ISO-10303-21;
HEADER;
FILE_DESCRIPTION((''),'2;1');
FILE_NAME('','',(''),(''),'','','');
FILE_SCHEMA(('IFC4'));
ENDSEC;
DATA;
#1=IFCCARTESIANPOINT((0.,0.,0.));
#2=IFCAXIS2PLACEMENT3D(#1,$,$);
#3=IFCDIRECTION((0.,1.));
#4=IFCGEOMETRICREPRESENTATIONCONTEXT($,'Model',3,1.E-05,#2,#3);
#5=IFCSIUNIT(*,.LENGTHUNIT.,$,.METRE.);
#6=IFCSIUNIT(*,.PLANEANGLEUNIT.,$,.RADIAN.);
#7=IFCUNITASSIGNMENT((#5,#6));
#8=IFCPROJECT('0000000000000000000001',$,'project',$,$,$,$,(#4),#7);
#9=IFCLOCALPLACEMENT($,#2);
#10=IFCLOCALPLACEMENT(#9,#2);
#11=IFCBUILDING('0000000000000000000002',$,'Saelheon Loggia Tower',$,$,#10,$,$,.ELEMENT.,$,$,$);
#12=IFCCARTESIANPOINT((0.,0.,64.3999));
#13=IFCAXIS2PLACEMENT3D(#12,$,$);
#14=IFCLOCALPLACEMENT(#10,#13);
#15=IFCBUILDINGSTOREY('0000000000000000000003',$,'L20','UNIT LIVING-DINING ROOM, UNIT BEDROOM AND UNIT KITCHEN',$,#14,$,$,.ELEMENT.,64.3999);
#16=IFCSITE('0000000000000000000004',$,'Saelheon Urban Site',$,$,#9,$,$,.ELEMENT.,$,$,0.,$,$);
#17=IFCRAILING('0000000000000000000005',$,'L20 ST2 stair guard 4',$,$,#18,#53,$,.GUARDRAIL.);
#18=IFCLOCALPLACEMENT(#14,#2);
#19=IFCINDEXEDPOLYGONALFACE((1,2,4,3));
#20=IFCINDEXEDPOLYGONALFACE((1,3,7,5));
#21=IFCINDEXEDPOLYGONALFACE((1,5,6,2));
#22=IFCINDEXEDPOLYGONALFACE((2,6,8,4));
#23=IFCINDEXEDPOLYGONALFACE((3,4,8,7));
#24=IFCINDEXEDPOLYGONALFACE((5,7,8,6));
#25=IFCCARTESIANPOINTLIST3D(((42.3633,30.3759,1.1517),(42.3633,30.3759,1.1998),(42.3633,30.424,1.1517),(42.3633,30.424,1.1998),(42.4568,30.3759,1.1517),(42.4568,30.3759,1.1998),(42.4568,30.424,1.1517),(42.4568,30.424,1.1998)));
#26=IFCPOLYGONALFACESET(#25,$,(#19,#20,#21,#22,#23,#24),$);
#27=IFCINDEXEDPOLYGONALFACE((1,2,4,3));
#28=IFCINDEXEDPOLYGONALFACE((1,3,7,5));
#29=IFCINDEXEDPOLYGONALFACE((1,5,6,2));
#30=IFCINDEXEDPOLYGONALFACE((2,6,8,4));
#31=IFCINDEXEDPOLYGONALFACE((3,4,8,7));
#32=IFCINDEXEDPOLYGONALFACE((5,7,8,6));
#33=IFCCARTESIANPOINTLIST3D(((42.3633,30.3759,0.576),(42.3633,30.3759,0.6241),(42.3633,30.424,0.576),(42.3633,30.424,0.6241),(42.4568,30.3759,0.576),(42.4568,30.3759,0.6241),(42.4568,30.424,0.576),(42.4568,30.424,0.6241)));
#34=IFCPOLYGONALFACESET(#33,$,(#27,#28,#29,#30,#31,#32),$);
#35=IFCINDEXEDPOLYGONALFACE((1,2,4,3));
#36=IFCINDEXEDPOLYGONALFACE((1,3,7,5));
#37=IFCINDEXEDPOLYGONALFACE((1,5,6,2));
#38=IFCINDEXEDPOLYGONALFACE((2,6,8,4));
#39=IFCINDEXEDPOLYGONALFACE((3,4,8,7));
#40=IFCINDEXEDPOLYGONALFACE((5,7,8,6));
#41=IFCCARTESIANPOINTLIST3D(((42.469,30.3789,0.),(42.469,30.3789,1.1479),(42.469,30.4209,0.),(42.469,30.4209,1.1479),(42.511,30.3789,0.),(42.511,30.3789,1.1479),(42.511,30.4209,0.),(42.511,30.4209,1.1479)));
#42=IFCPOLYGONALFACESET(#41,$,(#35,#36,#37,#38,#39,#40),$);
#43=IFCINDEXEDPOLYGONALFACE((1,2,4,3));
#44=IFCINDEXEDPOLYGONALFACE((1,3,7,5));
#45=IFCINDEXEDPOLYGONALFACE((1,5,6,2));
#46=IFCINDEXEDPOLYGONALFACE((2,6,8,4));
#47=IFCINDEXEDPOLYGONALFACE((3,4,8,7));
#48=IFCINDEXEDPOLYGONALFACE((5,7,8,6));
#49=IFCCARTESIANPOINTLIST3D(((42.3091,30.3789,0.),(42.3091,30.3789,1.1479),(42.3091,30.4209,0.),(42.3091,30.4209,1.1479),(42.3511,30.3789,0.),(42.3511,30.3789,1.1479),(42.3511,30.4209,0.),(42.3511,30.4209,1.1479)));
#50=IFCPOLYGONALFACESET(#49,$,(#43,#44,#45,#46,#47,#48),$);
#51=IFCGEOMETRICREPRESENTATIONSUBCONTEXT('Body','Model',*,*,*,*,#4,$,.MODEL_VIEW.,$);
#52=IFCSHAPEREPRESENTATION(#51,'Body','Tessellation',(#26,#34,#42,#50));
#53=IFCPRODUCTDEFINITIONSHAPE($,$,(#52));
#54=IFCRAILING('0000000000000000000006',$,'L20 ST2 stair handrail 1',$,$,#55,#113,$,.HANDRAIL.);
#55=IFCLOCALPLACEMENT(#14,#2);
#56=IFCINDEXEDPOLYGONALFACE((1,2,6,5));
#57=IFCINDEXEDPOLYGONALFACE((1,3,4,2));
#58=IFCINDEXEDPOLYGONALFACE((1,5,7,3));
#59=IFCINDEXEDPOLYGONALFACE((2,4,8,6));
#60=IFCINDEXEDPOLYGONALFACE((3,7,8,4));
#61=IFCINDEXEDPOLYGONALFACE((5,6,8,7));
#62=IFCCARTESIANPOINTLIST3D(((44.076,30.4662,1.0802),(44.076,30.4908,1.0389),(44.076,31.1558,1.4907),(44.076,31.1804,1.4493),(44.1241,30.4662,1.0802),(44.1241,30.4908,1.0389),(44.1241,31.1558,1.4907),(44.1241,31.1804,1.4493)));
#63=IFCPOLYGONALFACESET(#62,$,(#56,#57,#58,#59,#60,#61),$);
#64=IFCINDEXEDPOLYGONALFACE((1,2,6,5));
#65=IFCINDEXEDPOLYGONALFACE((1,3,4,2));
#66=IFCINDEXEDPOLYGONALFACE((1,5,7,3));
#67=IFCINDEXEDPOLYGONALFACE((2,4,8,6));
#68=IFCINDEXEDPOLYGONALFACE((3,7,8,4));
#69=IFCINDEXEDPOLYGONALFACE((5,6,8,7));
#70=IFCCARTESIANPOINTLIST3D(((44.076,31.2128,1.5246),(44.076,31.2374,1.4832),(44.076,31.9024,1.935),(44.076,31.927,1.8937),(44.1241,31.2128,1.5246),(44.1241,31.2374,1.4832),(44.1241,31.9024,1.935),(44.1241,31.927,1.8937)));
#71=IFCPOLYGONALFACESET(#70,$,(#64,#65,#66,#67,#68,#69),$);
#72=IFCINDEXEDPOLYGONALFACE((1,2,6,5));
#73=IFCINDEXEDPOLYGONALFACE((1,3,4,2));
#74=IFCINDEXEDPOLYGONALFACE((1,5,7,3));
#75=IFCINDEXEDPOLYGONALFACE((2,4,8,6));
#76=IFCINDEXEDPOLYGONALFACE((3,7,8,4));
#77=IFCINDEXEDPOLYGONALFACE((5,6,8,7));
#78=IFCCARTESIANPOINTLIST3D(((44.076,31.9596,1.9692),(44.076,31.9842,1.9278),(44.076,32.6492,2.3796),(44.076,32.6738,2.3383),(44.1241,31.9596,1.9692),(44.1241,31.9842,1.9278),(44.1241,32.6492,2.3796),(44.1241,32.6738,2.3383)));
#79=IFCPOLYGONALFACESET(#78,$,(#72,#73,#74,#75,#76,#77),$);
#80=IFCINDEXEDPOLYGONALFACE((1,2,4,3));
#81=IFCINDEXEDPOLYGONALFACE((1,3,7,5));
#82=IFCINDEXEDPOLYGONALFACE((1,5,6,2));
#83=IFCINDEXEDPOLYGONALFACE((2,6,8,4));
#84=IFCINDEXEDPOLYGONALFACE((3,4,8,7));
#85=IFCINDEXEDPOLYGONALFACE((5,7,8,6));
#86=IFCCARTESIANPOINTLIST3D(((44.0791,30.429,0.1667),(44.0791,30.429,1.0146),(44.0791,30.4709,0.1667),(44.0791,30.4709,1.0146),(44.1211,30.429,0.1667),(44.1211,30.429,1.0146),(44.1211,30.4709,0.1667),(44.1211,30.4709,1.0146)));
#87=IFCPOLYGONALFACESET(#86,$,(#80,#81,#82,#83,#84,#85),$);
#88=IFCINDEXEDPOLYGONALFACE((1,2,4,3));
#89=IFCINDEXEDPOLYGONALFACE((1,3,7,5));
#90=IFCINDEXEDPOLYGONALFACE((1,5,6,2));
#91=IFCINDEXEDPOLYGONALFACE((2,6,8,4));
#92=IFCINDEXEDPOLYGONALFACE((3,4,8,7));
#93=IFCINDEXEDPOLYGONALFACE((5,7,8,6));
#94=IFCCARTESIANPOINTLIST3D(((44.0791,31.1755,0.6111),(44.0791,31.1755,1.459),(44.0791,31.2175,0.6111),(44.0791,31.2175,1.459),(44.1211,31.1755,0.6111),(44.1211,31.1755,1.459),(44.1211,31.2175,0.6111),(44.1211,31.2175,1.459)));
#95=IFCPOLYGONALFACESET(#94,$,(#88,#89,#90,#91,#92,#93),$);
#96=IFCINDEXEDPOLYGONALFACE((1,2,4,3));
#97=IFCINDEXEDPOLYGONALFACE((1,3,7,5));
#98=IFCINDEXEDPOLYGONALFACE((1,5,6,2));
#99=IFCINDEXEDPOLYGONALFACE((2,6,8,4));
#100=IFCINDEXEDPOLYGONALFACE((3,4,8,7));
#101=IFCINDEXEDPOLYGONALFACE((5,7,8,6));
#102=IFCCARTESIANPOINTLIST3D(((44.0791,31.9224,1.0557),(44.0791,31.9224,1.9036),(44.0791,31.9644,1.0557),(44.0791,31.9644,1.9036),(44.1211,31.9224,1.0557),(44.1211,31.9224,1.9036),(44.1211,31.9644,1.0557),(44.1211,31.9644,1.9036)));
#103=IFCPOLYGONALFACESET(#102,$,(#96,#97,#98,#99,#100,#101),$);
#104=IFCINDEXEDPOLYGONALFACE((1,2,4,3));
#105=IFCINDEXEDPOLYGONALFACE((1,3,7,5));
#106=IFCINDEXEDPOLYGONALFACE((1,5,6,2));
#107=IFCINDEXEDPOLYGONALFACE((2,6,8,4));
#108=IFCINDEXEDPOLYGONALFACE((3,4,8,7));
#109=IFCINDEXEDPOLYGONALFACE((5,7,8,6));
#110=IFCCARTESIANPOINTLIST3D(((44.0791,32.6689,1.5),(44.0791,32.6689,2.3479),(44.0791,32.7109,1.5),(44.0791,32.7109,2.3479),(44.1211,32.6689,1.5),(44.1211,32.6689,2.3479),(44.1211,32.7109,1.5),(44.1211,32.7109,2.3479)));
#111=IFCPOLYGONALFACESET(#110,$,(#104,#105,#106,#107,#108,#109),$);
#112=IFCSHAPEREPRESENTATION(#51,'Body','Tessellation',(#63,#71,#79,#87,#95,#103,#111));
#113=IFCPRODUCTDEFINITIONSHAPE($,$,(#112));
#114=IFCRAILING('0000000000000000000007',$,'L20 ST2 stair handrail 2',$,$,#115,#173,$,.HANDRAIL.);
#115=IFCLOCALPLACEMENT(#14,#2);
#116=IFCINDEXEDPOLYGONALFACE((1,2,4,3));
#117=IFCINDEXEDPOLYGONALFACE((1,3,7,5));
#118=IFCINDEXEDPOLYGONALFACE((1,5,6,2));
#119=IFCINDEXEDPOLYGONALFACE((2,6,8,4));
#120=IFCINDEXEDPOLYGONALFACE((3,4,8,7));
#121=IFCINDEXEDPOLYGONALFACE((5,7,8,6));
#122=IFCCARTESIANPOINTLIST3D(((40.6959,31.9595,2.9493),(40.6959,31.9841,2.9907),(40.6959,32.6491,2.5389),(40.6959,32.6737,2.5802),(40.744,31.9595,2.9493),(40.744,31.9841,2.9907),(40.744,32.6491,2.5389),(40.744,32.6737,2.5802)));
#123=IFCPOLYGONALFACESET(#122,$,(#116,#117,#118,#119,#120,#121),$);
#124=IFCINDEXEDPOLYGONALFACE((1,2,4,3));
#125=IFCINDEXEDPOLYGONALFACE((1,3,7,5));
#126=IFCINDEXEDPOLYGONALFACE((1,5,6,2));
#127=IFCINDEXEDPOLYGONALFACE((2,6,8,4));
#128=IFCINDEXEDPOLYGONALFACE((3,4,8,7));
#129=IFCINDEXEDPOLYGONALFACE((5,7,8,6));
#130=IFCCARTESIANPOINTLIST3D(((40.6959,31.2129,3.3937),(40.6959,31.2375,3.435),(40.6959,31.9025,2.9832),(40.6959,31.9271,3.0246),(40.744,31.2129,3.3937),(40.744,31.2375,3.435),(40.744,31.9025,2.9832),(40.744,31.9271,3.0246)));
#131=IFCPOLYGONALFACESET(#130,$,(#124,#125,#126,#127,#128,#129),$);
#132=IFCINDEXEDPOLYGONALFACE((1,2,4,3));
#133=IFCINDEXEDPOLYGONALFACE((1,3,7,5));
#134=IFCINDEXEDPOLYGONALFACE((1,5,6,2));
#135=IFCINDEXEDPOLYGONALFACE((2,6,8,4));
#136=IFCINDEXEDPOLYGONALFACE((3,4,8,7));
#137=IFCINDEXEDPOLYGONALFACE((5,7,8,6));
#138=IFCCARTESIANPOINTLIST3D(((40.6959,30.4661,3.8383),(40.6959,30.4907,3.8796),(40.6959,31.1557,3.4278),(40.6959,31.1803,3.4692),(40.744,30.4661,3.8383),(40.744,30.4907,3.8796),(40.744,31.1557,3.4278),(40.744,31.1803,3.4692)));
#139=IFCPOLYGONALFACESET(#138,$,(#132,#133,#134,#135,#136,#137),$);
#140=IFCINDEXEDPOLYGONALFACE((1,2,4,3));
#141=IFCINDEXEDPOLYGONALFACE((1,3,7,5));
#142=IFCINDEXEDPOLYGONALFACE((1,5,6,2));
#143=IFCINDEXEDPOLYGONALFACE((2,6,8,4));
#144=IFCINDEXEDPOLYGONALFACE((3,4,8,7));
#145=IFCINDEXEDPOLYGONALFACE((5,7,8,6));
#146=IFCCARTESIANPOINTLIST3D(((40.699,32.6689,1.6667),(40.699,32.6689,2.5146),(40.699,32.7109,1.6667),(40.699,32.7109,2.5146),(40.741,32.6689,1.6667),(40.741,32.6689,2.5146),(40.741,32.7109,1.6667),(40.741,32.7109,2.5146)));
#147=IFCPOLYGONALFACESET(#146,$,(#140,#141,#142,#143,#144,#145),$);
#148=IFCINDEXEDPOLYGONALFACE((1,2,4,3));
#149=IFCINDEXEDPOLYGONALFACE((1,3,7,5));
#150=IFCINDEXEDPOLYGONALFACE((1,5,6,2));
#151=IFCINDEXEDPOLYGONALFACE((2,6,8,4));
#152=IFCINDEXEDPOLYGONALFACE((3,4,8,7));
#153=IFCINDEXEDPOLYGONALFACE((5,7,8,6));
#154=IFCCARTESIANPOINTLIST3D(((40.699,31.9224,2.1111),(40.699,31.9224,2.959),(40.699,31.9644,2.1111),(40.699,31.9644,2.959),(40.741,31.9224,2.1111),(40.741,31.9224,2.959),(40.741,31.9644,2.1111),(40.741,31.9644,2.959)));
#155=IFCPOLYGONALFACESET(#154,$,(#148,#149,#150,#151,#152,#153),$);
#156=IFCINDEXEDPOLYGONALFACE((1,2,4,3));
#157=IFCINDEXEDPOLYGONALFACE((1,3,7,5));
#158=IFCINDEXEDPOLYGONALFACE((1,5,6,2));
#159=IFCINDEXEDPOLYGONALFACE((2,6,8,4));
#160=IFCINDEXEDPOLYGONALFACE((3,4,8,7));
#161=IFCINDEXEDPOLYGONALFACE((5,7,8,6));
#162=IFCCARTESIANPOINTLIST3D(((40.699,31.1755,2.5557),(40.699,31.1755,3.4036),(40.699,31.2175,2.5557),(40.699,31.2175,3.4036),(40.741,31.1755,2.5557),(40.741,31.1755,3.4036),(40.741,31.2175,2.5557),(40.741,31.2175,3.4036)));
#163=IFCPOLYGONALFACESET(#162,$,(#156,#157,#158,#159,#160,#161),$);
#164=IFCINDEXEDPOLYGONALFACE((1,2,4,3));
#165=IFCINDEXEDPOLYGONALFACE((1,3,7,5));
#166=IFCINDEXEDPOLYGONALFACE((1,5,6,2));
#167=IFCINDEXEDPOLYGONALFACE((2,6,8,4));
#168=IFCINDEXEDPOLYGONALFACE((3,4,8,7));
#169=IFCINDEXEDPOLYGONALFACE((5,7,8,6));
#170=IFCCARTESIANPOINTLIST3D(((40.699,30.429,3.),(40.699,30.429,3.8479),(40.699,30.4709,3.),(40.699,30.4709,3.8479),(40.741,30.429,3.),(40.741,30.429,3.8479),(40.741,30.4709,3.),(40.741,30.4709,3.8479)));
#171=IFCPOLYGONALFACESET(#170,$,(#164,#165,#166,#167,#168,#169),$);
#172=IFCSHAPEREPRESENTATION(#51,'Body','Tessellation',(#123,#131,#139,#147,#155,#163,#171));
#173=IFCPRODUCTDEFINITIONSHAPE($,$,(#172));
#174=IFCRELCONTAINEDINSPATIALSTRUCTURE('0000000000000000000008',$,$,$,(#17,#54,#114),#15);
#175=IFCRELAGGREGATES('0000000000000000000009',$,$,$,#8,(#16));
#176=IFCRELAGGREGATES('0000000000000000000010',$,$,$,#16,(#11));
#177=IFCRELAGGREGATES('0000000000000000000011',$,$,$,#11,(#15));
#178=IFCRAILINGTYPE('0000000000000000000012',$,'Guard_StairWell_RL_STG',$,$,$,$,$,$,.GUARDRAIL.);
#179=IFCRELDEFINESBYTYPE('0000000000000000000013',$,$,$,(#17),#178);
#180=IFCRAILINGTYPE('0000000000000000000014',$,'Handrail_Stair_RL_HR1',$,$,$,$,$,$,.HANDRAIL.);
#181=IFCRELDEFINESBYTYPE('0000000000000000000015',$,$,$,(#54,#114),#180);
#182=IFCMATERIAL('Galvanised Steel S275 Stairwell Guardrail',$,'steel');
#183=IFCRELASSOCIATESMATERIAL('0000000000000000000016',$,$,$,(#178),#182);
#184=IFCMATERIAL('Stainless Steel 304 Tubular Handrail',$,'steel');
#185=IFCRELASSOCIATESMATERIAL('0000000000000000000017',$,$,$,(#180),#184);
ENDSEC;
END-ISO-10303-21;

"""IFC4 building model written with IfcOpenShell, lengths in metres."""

from ifc_helpers import new_model, si_unit, direction, frame, origin, origin_2d, place, context, subcontext, project, spatial, rectangle, extrude, material, type_object, element, save


model = new_model("IFC4")

# Units and contexts
model_context = context("Model", 3, precision=1e-05, world=origin(), true_north=direction((0.0, 1.0)))
body_context = subcontext(model_context, "Body", "Model", "MODEL_VIEW")
ifc_project = project(units=[si_unit("LENGTHUNIT", "METRE"), si_unit("PLANEANGLEUNIT", "RADIAN")], contexts=[model_context])

# Site, building, storey
site_placement = place(None, origin())
site = spatial("IfcSite", under=ifc_project, at=site_placement, Name="Saelheon Urban Site", CompositionType="ELEMENT", RefElevation=0.0)
building_placement = place(site_placement, origin())
building = spatial("IfcBuilding", under=site, at=building_placement, Name="Saelheon Loggia Tower", CompositionType="ELEMENT")
storey_placement = place(building_placement, frame((0.0, 0.0, 64.3999)))
storey = spatial("IfcBuildingStorey", under=building, at=storey_placement, Name="L20", Description="UNIT LIVING-DINING ROOM, UNIT BEDROOM AND UNIT KITCHEN", CompositionType="ELEMENT", Elevation=64.3999)

# Railings
ifc_material_1 = material(Name="Galvanised Steel S275 Stairwell Guardrail", Category="steel")
railing_type_1 = type_object("IfcRailingType", Name="Guard_StairWell_RL_STG", PredefinedType="GUARDRAIL", material=ifc_material_1)
railing_1_placement = place(storey_placement, frame((42.49, 30.3999, 0.0)))
element("IfcRailing", 1, at=railing_1_placement, inside=storey, type_object=railing_type_1, Name="L20 ST2 stair guard 4", PredefinedType="GUARDRAIL", context=body_context, shape_type="SweptSolid", body=[
    extrude(rectangle(XDim=0.0481, YDim=0.0481, at=origin_2d()), frame((-0.0332, 0.0, 1.1758), z_axis=(-1.0, 0.0, 0.0), x_axis=(0.0, -1.0, 0.0)), (0.0, 0.0, 1.0), 0.0935),
    extrude(rectangle(XDim=0.0481, YDim=0.0481, at=origin_2d()), frame((-0.0332, 0.0, 0.6001), z_axis=(-1.0, 0.0, 0.0), x_axis=(0.0, -1.0, 0.0)), (0.0, 0.0, 1.0), 0.0935),
    extrude(rectangle(XDim=0.042, YDim=0.042, at=origin_2d()), origin(), (0.0, 0.0, 1.0), 1.1479),
    extrude(rectangle(XDim=0.042, YDim=0.042, at=origin_2d()), frame((-0.1599, 0.0, 0.0)), (0.0, 0.0, 1.0), 1.1479),
])
ifc_material_2 = material(Name="Stainless Steel 304 Tubular Handrail", Category="steel")
railing_type_2 = type_object("IfcRailingType", Name="Handrail_Stair_RL_HR1", PredefinedType="HANDRAIL", material=ifc_material_2)
railing_2_placement = place(storey_placement, frame((44.1001, 30.45, 0.1667)))
element("IfcRailing", 2, at=railing_2_placement, inside=storey, type_object=railing_type_2, Name="L20 ST2 stair handrail 1", PredefinedType="HANDRAIL", context=body_context, shape_type="SweptSolid", body=[
    extrude(rectangle(XDim=0.0481, YDim=0.0481, at=origin_2d()), frame((0.0, 0.0286, 0.8928), z_axis=(0.0, 0.859306, 0.511462), x_axis=(-1.0, 0.0, 0.0)), (0.0, 0.0, 1.0), 0.8025),
    extrude(rectangle(XDim=0.0481, YDim=0.0481, at=origin_2d()), frame((0.0, 0.7751, 1.3372), z_axis=(0.0, 0.859306, 0.511462), x_axis=(-1.0, 0.0, 0.0)), (0.0, 0.0, 1.0), 0.8025),
    extrude(rectangle(XDim=0.0481, YDim=0.0481, at=origin_2d()), frame((0.0, 1.522, 1.7817), z_axis=(0.0, 0.859306, 0.511462), x_axis=(-1.0, 0.0, 0.0)), (0.0, 0.0, 1.0), 0.8025),
    extrude(rectangle(XDim=0.042, YDim=0.042, at=origin_2d()), origin(), (0.0, 0.0, 1.0), 0.8479),
    extrude(rectangle(XDim=0.042, YDim=0.042, at=origin_2d()), frame((0.0, 0.7466, 0.4443)), (0.0, 0.0, 1.0), 0.8479),
    extrude(rectangle(XDim=0.042, YDim=0.042, at=origin_2d()), frame((0.0, 1.4934, 0.8889)), (0.0, 0.0, 1.0), 0.8479),
    extrude(rectangle(XDim=0.042, YDim=0.042, at=origin_2d()), frame((0.0, 2.24, 1.3333)), (0.0, 0.0, 1.0), 0.8479),
])
railing_3_placement = place(storey_placement, frame((40.72, 32.6899, 1.6667)))
element("IfcRailing", 3, at=railing_3_placement, inside=storey, type_object=railing_type_2, Name="L20 ST2 stair handrail 2", PredefinedType="HANDRAIL", context=body_context, shape_type="SweptSolid", body=[
    extrude(rectangle(XDim=0.0481, YDim=0.0481, at=origin_2d()), frame((0.0, -0.0286, 0.8928), z_axis=(0.0, -0.859306, 0.511462), x_axis=(1.0, 0.0, 0.0)), (0.0, 0.0, 1.0), 0.8025),
    extrude(rectangle(XDim=0.0481, YDim=0.0481, at=origin_2d()), frame((0.0, -0.7751, 1.3372), z_axis=(0.0, -0.859306, 0.511462), x_axis=(1.0, 0.0, 0.0)), (0.0, 0.0, 1.0), 0.8025),
    extrude(rectangle(XDim=0.0481, YDim=0.0481, at=origin_2d()), frame((0.0, -1.522, 1.7817), z_axis=(0.0, -0.859306, 0.511462), x_axis=(1.0, 0.0, 0.0)), (0.0, 0.0, 1.0), 0.8025),
    extrude(rectangle(XDim=0.042, YDim=0.042, at=origin_2d()), origin(), (0.0, 0.0, 1.0), 0.8479),
    extrude(rectangle(XDim=0.042, YDim=0.042, at=origin_2d()), frame((0.0, -0.7466, 0.4443)), (0.0, 0.0, 1.0), 0.8479),
    extrude(rectangle(XDim=0.042, YDim=0.042, at=origin_2d()), frame((0.0, -1.4934, 0.8889)), (0.0, 0.0, 1.0), 0.8479),
    extrude(rectangle(XDim=0.042, YDim=0.042, at=origin_2d()), frame((0.0, -2.24, 1.3333)), (0.0, 0.0, 1.0), 0.8479),
])

save(model, "model.ifc")
